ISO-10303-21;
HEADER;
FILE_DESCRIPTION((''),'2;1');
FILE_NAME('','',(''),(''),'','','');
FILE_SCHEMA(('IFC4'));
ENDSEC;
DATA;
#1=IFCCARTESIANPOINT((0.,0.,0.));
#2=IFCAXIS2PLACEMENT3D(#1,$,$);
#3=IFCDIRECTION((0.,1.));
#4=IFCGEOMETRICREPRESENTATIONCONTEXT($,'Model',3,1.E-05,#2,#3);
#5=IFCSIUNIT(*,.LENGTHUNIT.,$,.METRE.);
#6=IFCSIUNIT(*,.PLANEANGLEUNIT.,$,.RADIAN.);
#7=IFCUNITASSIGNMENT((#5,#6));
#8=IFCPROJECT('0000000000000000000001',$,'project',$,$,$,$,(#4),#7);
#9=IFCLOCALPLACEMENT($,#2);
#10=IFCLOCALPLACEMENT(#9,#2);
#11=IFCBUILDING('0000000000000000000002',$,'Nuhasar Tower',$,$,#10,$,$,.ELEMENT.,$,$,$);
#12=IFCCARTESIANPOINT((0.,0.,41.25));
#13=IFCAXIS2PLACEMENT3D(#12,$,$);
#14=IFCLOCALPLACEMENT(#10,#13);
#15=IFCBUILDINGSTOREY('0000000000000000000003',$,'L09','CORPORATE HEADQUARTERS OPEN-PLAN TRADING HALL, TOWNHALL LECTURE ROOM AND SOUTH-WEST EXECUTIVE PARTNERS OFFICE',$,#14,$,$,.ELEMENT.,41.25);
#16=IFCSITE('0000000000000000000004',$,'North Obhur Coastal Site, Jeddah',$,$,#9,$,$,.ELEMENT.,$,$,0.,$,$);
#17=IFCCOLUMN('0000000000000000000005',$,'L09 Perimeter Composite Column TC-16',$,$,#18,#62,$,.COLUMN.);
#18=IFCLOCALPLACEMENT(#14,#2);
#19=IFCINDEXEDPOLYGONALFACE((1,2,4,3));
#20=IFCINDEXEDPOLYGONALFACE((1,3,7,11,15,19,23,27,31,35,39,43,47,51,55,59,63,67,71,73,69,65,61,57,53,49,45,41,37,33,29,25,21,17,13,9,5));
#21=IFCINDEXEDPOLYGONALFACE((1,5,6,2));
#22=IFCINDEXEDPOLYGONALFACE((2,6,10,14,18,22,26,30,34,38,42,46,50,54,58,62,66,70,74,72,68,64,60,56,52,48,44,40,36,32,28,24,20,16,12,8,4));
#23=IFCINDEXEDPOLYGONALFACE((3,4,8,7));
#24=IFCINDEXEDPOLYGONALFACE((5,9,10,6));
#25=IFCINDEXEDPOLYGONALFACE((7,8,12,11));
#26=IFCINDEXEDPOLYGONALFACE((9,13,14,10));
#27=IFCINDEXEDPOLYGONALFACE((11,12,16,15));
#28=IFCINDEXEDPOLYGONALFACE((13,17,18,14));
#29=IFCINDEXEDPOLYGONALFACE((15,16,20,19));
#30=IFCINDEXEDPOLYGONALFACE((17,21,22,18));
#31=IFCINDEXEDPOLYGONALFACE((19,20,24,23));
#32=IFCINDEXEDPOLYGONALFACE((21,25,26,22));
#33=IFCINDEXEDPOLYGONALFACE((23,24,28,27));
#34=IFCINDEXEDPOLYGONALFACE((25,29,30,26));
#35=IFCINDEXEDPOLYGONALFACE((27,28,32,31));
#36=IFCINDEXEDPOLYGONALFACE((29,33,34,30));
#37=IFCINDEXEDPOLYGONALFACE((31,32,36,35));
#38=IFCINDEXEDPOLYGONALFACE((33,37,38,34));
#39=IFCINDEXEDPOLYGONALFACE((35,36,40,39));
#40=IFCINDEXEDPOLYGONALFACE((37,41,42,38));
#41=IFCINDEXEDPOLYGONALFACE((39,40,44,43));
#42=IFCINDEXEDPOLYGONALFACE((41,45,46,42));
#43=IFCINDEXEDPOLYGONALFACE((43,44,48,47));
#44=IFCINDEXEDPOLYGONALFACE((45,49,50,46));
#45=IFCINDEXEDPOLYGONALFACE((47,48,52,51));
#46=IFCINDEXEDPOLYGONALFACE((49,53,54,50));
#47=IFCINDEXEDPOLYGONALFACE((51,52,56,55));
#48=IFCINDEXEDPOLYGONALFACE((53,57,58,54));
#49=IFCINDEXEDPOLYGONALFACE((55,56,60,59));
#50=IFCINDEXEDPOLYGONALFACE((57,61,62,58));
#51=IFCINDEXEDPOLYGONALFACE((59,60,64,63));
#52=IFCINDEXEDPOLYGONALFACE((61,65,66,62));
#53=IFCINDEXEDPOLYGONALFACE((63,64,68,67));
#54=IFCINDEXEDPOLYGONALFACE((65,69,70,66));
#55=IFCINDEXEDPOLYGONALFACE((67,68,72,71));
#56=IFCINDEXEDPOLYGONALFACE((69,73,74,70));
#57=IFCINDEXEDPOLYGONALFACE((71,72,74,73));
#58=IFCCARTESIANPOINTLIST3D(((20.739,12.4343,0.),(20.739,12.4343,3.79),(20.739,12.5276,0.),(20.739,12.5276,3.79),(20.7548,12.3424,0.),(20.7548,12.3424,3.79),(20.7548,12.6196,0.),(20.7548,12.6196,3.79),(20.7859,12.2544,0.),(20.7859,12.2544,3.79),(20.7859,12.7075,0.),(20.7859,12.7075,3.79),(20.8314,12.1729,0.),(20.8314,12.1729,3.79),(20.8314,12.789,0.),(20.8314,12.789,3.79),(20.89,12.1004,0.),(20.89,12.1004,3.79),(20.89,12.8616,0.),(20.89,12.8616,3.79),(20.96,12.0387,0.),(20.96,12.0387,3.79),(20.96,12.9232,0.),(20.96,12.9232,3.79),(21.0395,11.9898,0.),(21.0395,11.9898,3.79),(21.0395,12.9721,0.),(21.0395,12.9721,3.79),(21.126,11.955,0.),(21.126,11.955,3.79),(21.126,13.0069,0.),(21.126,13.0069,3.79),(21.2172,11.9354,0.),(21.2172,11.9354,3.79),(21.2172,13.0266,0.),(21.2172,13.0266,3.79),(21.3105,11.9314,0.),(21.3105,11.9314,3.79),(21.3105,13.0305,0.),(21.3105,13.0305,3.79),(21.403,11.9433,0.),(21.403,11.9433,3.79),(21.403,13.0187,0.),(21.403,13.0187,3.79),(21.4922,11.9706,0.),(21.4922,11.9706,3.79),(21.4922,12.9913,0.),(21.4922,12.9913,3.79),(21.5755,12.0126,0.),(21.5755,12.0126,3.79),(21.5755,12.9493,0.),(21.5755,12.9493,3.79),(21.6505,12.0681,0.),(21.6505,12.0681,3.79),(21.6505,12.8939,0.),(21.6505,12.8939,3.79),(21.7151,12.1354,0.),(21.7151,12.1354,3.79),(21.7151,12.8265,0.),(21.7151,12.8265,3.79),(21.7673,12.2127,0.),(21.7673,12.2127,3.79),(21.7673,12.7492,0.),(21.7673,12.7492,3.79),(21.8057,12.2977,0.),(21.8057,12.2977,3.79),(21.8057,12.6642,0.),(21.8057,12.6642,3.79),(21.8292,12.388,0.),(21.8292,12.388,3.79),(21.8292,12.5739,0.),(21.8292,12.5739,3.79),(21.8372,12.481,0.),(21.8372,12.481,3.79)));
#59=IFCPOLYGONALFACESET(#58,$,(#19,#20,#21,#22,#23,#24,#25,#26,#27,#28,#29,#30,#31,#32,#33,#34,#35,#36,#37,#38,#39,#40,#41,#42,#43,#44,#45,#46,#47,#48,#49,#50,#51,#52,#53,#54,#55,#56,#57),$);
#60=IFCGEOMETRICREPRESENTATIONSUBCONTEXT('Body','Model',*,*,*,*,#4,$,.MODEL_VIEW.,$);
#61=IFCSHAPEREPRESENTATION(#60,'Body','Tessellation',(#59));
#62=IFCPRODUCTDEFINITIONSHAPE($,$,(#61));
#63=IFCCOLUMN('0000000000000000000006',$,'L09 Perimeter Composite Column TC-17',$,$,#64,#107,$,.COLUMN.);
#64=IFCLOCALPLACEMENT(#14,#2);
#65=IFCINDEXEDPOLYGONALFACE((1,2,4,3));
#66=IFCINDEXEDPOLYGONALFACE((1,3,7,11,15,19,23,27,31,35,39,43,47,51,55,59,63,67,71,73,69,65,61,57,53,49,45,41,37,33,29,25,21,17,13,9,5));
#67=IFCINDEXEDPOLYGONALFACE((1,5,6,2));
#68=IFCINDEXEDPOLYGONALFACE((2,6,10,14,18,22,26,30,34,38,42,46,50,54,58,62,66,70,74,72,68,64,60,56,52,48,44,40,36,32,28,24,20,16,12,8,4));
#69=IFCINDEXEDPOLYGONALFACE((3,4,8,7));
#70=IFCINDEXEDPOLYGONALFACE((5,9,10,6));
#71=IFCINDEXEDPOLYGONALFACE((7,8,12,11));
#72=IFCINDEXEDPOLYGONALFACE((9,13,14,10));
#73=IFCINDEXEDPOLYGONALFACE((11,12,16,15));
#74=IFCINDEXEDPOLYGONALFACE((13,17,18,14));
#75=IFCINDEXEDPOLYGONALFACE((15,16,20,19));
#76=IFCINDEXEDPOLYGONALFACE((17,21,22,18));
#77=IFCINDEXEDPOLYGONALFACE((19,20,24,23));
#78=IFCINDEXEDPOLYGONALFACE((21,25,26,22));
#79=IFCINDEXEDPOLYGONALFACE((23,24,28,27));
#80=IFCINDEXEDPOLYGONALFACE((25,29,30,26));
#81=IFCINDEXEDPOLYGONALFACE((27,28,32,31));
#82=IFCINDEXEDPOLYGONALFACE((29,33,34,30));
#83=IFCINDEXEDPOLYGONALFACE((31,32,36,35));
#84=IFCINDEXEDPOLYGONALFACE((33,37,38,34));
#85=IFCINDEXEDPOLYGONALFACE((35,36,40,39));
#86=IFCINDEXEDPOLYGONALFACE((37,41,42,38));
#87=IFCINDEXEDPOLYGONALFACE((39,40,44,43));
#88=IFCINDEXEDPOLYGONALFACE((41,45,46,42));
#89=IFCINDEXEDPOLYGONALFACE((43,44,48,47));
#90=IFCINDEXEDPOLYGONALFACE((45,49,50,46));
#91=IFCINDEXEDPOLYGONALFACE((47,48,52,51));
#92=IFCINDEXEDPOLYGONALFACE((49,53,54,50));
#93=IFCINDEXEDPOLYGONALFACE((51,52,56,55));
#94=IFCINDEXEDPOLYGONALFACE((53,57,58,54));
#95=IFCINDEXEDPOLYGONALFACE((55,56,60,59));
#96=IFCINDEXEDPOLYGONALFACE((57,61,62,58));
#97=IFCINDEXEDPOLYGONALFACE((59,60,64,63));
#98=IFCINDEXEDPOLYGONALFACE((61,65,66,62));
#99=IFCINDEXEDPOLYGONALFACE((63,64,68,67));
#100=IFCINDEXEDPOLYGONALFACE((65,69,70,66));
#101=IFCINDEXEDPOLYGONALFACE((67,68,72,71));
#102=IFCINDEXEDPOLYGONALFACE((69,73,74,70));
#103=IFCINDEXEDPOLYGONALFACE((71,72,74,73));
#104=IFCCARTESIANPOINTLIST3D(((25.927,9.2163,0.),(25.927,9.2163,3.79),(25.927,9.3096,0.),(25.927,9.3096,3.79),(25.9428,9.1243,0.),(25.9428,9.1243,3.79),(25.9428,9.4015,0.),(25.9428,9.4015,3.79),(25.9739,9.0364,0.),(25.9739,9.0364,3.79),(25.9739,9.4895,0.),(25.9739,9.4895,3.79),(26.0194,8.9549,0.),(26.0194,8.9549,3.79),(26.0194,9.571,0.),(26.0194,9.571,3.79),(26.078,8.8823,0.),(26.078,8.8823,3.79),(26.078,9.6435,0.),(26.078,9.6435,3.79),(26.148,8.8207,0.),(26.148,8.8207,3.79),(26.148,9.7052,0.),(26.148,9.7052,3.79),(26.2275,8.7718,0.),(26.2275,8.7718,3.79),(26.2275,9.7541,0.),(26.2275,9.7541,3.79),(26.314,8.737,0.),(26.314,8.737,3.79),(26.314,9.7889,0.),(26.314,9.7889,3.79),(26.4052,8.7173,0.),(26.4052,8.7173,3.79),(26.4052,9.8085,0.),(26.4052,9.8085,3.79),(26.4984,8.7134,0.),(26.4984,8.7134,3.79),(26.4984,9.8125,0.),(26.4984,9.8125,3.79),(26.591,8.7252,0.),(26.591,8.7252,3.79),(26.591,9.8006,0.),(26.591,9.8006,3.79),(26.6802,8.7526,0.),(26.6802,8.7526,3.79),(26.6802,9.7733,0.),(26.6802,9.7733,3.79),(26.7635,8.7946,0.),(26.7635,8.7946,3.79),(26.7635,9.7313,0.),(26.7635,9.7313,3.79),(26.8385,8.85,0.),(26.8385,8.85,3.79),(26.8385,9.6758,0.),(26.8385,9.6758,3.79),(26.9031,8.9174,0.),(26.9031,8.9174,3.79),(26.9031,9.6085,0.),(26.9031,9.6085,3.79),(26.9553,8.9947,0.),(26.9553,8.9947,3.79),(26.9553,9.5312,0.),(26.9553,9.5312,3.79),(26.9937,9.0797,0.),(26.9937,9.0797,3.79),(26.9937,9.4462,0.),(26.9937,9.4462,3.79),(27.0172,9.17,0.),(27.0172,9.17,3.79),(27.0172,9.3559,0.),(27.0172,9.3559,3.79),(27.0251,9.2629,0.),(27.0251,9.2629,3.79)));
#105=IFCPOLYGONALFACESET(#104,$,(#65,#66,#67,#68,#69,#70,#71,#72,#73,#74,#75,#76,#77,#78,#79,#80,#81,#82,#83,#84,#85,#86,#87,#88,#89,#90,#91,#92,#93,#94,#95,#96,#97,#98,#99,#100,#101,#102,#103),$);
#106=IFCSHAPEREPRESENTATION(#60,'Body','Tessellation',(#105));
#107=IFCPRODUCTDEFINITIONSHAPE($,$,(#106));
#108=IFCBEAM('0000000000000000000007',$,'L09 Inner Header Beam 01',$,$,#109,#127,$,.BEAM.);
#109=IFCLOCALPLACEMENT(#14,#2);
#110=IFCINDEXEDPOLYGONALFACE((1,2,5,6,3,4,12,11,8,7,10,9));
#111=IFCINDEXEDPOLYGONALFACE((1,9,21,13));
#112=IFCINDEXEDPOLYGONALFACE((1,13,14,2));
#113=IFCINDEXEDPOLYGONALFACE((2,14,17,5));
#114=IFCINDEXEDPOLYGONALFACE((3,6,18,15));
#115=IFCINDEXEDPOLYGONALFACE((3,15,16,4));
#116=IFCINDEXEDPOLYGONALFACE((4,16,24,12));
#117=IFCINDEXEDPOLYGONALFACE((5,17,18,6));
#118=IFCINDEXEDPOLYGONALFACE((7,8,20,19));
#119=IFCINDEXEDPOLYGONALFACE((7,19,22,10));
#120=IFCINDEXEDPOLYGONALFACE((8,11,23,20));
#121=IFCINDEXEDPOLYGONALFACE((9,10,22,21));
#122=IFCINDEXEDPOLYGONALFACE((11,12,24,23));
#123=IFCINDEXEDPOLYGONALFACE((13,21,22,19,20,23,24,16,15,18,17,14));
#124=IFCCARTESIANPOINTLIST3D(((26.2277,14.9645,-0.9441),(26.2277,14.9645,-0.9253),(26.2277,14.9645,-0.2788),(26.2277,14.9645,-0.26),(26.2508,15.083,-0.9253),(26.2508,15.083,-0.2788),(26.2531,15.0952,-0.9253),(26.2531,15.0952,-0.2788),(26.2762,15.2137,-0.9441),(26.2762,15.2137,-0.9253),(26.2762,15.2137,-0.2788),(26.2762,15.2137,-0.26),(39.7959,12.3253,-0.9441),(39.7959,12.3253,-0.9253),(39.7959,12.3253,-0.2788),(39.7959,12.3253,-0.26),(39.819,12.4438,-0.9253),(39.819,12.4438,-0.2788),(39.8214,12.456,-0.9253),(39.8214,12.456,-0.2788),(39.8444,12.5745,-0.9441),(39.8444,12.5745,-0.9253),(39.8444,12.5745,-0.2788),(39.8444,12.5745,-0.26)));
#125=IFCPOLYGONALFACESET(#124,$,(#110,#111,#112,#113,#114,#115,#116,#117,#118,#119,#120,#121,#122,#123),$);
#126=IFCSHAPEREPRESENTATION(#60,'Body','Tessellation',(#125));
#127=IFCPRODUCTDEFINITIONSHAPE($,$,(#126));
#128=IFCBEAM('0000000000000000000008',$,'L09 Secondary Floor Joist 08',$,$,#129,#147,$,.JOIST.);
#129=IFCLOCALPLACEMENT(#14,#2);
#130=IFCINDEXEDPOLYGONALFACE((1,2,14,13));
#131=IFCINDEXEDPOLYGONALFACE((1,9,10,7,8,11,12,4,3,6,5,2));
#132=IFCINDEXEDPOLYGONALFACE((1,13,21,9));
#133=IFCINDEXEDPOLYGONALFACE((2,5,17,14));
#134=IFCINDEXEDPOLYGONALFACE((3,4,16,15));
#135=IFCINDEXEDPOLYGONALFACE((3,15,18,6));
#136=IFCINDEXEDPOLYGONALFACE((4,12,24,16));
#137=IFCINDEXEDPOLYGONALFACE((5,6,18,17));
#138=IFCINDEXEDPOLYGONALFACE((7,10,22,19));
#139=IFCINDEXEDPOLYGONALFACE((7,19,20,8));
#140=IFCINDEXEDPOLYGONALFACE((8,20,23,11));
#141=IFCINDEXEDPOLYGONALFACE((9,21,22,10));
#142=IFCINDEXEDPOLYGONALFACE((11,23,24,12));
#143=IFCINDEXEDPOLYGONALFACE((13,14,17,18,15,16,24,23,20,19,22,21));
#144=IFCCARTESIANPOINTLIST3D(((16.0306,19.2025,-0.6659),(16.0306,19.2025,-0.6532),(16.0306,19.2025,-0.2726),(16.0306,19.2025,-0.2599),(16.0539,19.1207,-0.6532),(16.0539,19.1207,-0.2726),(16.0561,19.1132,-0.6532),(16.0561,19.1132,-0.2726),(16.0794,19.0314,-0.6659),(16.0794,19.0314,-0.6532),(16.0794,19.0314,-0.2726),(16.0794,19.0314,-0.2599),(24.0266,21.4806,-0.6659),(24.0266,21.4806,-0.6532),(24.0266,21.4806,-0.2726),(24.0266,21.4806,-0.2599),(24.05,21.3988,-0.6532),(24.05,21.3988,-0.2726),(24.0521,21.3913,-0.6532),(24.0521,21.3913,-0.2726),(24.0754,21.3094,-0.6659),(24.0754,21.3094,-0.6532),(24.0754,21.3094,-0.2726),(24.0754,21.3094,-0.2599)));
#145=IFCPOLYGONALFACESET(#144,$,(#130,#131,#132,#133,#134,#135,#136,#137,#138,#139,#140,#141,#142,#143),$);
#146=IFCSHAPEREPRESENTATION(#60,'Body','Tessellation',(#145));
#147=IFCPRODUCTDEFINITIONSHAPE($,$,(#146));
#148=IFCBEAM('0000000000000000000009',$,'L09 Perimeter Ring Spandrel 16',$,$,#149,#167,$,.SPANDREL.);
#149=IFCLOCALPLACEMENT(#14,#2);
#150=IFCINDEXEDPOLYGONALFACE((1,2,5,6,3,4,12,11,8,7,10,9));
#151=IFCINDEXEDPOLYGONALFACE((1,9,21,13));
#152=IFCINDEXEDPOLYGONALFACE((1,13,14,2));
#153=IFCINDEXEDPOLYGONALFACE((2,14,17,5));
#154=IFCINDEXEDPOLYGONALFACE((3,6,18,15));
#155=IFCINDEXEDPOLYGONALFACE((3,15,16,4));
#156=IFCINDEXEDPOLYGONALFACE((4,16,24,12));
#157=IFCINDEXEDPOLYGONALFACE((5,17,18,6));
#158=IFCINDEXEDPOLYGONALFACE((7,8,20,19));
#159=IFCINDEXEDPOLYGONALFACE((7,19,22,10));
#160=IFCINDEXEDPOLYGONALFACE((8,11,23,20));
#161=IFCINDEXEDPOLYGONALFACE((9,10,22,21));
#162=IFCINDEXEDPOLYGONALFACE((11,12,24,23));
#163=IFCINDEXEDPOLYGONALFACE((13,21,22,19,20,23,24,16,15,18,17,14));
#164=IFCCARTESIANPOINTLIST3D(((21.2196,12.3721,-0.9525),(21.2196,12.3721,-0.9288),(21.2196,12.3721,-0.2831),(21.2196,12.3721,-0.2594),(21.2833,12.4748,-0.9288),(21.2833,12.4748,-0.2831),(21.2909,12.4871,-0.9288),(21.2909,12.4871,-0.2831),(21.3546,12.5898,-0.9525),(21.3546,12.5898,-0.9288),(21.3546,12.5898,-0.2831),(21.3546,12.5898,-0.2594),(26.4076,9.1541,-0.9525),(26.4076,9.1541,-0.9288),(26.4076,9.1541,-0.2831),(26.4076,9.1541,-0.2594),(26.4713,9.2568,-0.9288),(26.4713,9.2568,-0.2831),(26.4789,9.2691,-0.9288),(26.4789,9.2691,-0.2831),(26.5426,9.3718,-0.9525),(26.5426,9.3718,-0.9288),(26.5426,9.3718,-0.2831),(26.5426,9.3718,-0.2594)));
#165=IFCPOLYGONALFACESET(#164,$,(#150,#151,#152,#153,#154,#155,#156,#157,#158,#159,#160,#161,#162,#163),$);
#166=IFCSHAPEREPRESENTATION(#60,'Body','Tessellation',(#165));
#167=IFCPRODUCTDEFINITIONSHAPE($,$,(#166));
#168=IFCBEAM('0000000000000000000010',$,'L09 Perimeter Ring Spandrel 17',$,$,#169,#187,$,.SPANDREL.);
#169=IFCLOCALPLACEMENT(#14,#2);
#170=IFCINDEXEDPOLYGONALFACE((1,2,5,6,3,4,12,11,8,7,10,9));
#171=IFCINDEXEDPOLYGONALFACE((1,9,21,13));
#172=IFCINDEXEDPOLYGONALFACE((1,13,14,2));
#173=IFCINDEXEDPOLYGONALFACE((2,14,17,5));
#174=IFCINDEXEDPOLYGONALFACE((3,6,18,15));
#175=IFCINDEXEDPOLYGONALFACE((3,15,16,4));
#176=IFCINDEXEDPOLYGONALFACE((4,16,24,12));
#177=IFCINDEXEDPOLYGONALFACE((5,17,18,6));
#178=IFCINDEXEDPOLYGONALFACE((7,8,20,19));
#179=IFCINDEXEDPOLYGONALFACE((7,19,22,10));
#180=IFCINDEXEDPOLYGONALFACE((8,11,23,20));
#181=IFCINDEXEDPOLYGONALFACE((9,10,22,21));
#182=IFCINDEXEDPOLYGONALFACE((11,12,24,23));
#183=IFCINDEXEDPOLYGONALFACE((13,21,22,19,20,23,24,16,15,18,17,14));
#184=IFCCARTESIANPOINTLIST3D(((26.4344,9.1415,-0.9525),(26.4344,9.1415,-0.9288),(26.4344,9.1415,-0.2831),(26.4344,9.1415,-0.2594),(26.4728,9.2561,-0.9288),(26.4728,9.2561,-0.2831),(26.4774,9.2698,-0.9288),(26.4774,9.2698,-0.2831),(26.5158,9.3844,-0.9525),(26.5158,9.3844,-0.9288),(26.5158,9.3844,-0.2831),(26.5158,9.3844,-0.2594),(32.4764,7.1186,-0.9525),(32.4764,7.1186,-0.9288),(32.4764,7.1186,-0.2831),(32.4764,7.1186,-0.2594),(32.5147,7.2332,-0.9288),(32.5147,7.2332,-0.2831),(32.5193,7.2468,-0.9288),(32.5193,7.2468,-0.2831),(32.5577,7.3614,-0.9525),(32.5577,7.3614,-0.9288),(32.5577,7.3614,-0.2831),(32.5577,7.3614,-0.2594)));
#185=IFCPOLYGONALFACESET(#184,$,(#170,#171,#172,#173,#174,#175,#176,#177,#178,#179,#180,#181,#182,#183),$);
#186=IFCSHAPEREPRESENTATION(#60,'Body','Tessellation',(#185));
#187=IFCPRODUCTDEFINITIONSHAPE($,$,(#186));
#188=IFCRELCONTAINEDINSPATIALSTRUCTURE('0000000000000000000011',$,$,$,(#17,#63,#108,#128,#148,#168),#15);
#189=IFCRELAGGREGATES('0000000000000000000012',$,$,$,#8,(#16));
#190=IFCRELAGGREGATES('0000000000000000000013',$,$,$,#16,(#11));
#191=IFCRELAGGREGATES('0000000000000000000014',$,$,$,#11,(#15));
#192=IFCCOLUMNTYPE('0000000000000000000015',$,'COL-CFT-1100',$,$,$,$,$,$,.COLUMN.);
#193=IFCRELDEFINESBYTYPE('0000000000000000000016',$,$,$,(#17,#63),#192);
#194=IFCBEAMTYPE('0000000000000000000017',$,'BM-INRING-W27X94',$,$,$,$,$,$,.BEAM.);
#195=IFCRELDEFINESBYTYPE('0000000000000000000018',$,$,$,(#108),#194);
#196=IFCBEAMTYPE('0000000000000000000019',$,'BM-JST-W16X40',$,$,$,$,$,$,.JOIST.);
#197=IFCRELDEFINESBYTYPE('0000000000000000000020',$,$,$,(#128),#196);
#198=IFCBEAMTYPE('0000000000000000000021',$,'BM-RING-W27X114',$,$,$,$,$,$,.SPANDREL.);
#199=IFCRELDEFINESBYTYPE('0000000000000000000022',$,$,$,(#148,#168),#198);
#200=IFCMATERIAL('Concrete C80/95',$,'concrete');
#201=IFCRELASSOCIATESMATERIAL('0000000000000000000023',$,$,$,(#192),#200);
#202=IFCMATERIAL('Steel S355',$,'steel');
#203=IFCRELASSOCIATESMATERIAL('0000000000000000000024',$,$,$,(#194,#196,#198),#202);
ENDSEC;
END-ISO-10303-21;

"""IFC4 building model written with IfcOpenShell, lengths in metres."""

from ifc_helpers import new_model, si_unit, direction, frame, origin, origin_2d, place, context, subcontext, project, spatial, circle, i_section, extrude, material, material_profile, profile_set, type_object, element, save


model = new_model("IFC4")

# Units and contexts
model_context = context("Model", 3, precision=1e-05, world=origin(), true_north=direction((0.0, 1.0)))
body_context = subcontext(model_context, "Body", "Model", "MODEL_VIEW")
ifc_project = project(units=[si_unit("LENGTHUNIT", "METRE"), si_unit("PLANEANGLEUNIT", "RADIAN")], contexts=[model_context])

# Site, building, storey
site_placement = place(None, origin())
site = spatial("IfcSite", under=ifc_project, at=site_placement, Name="North Obhur Coastal Site, Jeddah", CompositionType="ELEMENT", RefElevation=0.0)
building_placement = place(site_placement, origin())
building = spatial("IfcBuilding", under=site, at=building_placement, Name="Nuhasar Tower", CompositionType="ELEMENT")
storey_placement = place(building_placement, frame((0.0, 0.0, 41.25)))
storey = spatial("IfcBuildingStorey", under=building, at=storey_placement, Name="L09", Description="CORPORATE HEADQUARTERS OPEN-PLAN TRADING HALL, TOWNHALL LECTURE ROOM AND SOUTH-WEST EXECUTIVE PARTNERS OFFICE", CompositionType="ELEMENT", Elevation=41.25)

# Columns
ifc_material_1 = material(Name="Concrete C80/95", Category="concrete")
ifc_material_profile_1 = material_profile(ifc_material_1, circle(Radius=0.55, at=origin_2d()), Name="CFT1100")
ifc_profile_set_1 = profile_set([ifc_material_profile_1], Name="Concrete C80/95")
column_type = type_object("IfcColumnType", Name="COL-CFT-1100", PredefinedType="COLUMN", material=ifc_profile_set_1)
for number, where, z_axis, x_axis, name in (
    (1, (21.2871, 12.481, 0.0), (0.0, 0.0, 1.0), (1.0, 0.0, 0.0), "L09 Perimeter Composite Column TC-16"),
    (2, (26.4751, 9.2629, 0.0), (0.0, 0.0, 1.0), (1.0, 0.0, 0.0), "L09 Perimeter Composite Column TC-17"),
):
    element("IfcColumn", number, at=place(storey_placement, frame(where, z_axis=z_axis, x_axis=x_axis)), inside=storey, type_object=column_type, Name=name, PredefinedType="COLUMN", context=body_context, shape_type="SweptSolid", body=[
        extrude(circle(Radius=0.55, at=origin_2d()), origin(), (0.0, 0.0, 1.0), 3.79),
    ])

# Beams
ifc_material_2 = material(Name="Steel S355", Category="steel")
ifc_material_profile_2 = material_profile(ifc_material_2, i_section(OverallWidth=0.2539, OverallDepth=0.6841, WebThickness=0.0125, FlangeThickness=0.0188, at=origin_2d()), Name="W27X94")
ifc_profile_set_2 = profile_set([ifc_material_profile_2], Name="Steel S355")
beam_type_1 = type_object("IfcBeamType", Name="BM-INRING-W27X94", PredefinedType="BEAM", material=ifc_profile_set_2)
beam_1_placement = place(storey_placement, frame((26.252, 15.0891, -0.6021), z_axis=(0.981603, -0.190933, 0.0), x_axis=(0.190933, 0.981603, 0.0)))
element("IfcBeam", 3, at=beam_1_placement, inside=storey, type_object=beam_type_1, Name="L09 Inner Header Beam 01", PredefinedType="BEAM", context=body_context, shape_type="SweptSolid", body=[
    extrude(i_section(OverallWidth=0.2539, OverallDepth=0.6841, WebThickness=0.0125, FlangeThickness=0.0188, at=origin_2d()), origin(), (0.0, 0.0, 1.0), 13.8225),
])
ifc_material_profile_3 = material_profile(ifc_material_2, i_section(OverallWidth=0.178, OverallDepth=0.406, WebThickness=0.0078, FlangeThickness=0.0127, at=origin_2d()), Name="W16X40")
ifc_profile_set_3 = profile_set([ifc_material_profile_3], Name="Steel S355")
beam_type_2 = type_object("IfcBeamType", Name="BM-JST-W16X40", PredefinedType="JOIST", material=ifc_profile_set_3)
beam_2_placement = place(storey_placement, frame((24.051, 21.395, -0.4629), z_axis=(-0.961731, -0.273996, 0.0), x_axis=(0.273996, -0.961731, 0.0)))
element("IfcBeam", 4, at=beam_2_placement, inside=storey, type_object=beam_type_2, Name="L09 Secondary Floor Joist 08", PredefinedType="JOIST", context=body_context, shape_type="SweptSolid", body=[
    extrude(i_section(OverallWidth=0.178, OverallDepth=0.406, WebThickness=0.0078, FlangeThickness=0.0127, at=origin_2d()), origin(), (0.0, 0.0, 1.0), 8.3142),
])
ifc_material_profile_4 = material_profile(ifc_material_2, i_section(OverallWidth=0.2561, OverallDepth=0.6931, WebThickness=0.0144, FlangeThickness=0.0237, at=origin_2d()), Name="W27X114")
ifc_profile_set_4 = profile_set([ifc_material_profile_4], Name="Steel S355")
beam_type_3 = type_object("IfcBeamType", Name="BM-RING-W27X114", PredefinedType="SPANDREL", material=ifc_profile_set_4)
beam_3_placement = place(storey_placement, frame((21.2871, 12.481, -0.606), z_axis=(0.849795, -0.527113, 0.0), x_axis=(0.527113, 0.849795, 0.0)))
element("IfcBeam", 5, at=beam_3_placement, inside=storey, type_object=beam_type_3, Name="L09 Perimeter Ring Spandrel 16", PredefinedType="SPANDREL", context=body_context, shape_type="SweptSolid", body=[
    extrude(i_section(OverallWidth=0.2561, OverallDepth=0.6931, WebThickness=0.0144, FlangeThickness=0.0237, at=origin_2d()), origin(), (0.0, 0.0, 1.0), 6.105),
])
beam_4_placement = place(storey_placement, frame((26.4751, 9.2629, -0.606), z_axis=(0.948261, -0.317492, 0.0), x_axis=(0.317492, 0.948261, 0.0)))
element("IfcBeam", 6, at=beam_4_placement, inside=storey, type_object=beam_type_3, Name="L09 Perimeter Ring Spandrel 17", PredefinedType="SPANDREL", context=body_context, shape_type="SweptSolid", body=[
    extrude(i_section(OverallWidth=0.2561, OverallDepth=0.6931, WebThickness=0.0144, FlangeThickness=0.0237, at=origin_2d()), origin(), (0.0, 0.0, 1.0), 6.3716),
])

save(model, "model.ifc")
